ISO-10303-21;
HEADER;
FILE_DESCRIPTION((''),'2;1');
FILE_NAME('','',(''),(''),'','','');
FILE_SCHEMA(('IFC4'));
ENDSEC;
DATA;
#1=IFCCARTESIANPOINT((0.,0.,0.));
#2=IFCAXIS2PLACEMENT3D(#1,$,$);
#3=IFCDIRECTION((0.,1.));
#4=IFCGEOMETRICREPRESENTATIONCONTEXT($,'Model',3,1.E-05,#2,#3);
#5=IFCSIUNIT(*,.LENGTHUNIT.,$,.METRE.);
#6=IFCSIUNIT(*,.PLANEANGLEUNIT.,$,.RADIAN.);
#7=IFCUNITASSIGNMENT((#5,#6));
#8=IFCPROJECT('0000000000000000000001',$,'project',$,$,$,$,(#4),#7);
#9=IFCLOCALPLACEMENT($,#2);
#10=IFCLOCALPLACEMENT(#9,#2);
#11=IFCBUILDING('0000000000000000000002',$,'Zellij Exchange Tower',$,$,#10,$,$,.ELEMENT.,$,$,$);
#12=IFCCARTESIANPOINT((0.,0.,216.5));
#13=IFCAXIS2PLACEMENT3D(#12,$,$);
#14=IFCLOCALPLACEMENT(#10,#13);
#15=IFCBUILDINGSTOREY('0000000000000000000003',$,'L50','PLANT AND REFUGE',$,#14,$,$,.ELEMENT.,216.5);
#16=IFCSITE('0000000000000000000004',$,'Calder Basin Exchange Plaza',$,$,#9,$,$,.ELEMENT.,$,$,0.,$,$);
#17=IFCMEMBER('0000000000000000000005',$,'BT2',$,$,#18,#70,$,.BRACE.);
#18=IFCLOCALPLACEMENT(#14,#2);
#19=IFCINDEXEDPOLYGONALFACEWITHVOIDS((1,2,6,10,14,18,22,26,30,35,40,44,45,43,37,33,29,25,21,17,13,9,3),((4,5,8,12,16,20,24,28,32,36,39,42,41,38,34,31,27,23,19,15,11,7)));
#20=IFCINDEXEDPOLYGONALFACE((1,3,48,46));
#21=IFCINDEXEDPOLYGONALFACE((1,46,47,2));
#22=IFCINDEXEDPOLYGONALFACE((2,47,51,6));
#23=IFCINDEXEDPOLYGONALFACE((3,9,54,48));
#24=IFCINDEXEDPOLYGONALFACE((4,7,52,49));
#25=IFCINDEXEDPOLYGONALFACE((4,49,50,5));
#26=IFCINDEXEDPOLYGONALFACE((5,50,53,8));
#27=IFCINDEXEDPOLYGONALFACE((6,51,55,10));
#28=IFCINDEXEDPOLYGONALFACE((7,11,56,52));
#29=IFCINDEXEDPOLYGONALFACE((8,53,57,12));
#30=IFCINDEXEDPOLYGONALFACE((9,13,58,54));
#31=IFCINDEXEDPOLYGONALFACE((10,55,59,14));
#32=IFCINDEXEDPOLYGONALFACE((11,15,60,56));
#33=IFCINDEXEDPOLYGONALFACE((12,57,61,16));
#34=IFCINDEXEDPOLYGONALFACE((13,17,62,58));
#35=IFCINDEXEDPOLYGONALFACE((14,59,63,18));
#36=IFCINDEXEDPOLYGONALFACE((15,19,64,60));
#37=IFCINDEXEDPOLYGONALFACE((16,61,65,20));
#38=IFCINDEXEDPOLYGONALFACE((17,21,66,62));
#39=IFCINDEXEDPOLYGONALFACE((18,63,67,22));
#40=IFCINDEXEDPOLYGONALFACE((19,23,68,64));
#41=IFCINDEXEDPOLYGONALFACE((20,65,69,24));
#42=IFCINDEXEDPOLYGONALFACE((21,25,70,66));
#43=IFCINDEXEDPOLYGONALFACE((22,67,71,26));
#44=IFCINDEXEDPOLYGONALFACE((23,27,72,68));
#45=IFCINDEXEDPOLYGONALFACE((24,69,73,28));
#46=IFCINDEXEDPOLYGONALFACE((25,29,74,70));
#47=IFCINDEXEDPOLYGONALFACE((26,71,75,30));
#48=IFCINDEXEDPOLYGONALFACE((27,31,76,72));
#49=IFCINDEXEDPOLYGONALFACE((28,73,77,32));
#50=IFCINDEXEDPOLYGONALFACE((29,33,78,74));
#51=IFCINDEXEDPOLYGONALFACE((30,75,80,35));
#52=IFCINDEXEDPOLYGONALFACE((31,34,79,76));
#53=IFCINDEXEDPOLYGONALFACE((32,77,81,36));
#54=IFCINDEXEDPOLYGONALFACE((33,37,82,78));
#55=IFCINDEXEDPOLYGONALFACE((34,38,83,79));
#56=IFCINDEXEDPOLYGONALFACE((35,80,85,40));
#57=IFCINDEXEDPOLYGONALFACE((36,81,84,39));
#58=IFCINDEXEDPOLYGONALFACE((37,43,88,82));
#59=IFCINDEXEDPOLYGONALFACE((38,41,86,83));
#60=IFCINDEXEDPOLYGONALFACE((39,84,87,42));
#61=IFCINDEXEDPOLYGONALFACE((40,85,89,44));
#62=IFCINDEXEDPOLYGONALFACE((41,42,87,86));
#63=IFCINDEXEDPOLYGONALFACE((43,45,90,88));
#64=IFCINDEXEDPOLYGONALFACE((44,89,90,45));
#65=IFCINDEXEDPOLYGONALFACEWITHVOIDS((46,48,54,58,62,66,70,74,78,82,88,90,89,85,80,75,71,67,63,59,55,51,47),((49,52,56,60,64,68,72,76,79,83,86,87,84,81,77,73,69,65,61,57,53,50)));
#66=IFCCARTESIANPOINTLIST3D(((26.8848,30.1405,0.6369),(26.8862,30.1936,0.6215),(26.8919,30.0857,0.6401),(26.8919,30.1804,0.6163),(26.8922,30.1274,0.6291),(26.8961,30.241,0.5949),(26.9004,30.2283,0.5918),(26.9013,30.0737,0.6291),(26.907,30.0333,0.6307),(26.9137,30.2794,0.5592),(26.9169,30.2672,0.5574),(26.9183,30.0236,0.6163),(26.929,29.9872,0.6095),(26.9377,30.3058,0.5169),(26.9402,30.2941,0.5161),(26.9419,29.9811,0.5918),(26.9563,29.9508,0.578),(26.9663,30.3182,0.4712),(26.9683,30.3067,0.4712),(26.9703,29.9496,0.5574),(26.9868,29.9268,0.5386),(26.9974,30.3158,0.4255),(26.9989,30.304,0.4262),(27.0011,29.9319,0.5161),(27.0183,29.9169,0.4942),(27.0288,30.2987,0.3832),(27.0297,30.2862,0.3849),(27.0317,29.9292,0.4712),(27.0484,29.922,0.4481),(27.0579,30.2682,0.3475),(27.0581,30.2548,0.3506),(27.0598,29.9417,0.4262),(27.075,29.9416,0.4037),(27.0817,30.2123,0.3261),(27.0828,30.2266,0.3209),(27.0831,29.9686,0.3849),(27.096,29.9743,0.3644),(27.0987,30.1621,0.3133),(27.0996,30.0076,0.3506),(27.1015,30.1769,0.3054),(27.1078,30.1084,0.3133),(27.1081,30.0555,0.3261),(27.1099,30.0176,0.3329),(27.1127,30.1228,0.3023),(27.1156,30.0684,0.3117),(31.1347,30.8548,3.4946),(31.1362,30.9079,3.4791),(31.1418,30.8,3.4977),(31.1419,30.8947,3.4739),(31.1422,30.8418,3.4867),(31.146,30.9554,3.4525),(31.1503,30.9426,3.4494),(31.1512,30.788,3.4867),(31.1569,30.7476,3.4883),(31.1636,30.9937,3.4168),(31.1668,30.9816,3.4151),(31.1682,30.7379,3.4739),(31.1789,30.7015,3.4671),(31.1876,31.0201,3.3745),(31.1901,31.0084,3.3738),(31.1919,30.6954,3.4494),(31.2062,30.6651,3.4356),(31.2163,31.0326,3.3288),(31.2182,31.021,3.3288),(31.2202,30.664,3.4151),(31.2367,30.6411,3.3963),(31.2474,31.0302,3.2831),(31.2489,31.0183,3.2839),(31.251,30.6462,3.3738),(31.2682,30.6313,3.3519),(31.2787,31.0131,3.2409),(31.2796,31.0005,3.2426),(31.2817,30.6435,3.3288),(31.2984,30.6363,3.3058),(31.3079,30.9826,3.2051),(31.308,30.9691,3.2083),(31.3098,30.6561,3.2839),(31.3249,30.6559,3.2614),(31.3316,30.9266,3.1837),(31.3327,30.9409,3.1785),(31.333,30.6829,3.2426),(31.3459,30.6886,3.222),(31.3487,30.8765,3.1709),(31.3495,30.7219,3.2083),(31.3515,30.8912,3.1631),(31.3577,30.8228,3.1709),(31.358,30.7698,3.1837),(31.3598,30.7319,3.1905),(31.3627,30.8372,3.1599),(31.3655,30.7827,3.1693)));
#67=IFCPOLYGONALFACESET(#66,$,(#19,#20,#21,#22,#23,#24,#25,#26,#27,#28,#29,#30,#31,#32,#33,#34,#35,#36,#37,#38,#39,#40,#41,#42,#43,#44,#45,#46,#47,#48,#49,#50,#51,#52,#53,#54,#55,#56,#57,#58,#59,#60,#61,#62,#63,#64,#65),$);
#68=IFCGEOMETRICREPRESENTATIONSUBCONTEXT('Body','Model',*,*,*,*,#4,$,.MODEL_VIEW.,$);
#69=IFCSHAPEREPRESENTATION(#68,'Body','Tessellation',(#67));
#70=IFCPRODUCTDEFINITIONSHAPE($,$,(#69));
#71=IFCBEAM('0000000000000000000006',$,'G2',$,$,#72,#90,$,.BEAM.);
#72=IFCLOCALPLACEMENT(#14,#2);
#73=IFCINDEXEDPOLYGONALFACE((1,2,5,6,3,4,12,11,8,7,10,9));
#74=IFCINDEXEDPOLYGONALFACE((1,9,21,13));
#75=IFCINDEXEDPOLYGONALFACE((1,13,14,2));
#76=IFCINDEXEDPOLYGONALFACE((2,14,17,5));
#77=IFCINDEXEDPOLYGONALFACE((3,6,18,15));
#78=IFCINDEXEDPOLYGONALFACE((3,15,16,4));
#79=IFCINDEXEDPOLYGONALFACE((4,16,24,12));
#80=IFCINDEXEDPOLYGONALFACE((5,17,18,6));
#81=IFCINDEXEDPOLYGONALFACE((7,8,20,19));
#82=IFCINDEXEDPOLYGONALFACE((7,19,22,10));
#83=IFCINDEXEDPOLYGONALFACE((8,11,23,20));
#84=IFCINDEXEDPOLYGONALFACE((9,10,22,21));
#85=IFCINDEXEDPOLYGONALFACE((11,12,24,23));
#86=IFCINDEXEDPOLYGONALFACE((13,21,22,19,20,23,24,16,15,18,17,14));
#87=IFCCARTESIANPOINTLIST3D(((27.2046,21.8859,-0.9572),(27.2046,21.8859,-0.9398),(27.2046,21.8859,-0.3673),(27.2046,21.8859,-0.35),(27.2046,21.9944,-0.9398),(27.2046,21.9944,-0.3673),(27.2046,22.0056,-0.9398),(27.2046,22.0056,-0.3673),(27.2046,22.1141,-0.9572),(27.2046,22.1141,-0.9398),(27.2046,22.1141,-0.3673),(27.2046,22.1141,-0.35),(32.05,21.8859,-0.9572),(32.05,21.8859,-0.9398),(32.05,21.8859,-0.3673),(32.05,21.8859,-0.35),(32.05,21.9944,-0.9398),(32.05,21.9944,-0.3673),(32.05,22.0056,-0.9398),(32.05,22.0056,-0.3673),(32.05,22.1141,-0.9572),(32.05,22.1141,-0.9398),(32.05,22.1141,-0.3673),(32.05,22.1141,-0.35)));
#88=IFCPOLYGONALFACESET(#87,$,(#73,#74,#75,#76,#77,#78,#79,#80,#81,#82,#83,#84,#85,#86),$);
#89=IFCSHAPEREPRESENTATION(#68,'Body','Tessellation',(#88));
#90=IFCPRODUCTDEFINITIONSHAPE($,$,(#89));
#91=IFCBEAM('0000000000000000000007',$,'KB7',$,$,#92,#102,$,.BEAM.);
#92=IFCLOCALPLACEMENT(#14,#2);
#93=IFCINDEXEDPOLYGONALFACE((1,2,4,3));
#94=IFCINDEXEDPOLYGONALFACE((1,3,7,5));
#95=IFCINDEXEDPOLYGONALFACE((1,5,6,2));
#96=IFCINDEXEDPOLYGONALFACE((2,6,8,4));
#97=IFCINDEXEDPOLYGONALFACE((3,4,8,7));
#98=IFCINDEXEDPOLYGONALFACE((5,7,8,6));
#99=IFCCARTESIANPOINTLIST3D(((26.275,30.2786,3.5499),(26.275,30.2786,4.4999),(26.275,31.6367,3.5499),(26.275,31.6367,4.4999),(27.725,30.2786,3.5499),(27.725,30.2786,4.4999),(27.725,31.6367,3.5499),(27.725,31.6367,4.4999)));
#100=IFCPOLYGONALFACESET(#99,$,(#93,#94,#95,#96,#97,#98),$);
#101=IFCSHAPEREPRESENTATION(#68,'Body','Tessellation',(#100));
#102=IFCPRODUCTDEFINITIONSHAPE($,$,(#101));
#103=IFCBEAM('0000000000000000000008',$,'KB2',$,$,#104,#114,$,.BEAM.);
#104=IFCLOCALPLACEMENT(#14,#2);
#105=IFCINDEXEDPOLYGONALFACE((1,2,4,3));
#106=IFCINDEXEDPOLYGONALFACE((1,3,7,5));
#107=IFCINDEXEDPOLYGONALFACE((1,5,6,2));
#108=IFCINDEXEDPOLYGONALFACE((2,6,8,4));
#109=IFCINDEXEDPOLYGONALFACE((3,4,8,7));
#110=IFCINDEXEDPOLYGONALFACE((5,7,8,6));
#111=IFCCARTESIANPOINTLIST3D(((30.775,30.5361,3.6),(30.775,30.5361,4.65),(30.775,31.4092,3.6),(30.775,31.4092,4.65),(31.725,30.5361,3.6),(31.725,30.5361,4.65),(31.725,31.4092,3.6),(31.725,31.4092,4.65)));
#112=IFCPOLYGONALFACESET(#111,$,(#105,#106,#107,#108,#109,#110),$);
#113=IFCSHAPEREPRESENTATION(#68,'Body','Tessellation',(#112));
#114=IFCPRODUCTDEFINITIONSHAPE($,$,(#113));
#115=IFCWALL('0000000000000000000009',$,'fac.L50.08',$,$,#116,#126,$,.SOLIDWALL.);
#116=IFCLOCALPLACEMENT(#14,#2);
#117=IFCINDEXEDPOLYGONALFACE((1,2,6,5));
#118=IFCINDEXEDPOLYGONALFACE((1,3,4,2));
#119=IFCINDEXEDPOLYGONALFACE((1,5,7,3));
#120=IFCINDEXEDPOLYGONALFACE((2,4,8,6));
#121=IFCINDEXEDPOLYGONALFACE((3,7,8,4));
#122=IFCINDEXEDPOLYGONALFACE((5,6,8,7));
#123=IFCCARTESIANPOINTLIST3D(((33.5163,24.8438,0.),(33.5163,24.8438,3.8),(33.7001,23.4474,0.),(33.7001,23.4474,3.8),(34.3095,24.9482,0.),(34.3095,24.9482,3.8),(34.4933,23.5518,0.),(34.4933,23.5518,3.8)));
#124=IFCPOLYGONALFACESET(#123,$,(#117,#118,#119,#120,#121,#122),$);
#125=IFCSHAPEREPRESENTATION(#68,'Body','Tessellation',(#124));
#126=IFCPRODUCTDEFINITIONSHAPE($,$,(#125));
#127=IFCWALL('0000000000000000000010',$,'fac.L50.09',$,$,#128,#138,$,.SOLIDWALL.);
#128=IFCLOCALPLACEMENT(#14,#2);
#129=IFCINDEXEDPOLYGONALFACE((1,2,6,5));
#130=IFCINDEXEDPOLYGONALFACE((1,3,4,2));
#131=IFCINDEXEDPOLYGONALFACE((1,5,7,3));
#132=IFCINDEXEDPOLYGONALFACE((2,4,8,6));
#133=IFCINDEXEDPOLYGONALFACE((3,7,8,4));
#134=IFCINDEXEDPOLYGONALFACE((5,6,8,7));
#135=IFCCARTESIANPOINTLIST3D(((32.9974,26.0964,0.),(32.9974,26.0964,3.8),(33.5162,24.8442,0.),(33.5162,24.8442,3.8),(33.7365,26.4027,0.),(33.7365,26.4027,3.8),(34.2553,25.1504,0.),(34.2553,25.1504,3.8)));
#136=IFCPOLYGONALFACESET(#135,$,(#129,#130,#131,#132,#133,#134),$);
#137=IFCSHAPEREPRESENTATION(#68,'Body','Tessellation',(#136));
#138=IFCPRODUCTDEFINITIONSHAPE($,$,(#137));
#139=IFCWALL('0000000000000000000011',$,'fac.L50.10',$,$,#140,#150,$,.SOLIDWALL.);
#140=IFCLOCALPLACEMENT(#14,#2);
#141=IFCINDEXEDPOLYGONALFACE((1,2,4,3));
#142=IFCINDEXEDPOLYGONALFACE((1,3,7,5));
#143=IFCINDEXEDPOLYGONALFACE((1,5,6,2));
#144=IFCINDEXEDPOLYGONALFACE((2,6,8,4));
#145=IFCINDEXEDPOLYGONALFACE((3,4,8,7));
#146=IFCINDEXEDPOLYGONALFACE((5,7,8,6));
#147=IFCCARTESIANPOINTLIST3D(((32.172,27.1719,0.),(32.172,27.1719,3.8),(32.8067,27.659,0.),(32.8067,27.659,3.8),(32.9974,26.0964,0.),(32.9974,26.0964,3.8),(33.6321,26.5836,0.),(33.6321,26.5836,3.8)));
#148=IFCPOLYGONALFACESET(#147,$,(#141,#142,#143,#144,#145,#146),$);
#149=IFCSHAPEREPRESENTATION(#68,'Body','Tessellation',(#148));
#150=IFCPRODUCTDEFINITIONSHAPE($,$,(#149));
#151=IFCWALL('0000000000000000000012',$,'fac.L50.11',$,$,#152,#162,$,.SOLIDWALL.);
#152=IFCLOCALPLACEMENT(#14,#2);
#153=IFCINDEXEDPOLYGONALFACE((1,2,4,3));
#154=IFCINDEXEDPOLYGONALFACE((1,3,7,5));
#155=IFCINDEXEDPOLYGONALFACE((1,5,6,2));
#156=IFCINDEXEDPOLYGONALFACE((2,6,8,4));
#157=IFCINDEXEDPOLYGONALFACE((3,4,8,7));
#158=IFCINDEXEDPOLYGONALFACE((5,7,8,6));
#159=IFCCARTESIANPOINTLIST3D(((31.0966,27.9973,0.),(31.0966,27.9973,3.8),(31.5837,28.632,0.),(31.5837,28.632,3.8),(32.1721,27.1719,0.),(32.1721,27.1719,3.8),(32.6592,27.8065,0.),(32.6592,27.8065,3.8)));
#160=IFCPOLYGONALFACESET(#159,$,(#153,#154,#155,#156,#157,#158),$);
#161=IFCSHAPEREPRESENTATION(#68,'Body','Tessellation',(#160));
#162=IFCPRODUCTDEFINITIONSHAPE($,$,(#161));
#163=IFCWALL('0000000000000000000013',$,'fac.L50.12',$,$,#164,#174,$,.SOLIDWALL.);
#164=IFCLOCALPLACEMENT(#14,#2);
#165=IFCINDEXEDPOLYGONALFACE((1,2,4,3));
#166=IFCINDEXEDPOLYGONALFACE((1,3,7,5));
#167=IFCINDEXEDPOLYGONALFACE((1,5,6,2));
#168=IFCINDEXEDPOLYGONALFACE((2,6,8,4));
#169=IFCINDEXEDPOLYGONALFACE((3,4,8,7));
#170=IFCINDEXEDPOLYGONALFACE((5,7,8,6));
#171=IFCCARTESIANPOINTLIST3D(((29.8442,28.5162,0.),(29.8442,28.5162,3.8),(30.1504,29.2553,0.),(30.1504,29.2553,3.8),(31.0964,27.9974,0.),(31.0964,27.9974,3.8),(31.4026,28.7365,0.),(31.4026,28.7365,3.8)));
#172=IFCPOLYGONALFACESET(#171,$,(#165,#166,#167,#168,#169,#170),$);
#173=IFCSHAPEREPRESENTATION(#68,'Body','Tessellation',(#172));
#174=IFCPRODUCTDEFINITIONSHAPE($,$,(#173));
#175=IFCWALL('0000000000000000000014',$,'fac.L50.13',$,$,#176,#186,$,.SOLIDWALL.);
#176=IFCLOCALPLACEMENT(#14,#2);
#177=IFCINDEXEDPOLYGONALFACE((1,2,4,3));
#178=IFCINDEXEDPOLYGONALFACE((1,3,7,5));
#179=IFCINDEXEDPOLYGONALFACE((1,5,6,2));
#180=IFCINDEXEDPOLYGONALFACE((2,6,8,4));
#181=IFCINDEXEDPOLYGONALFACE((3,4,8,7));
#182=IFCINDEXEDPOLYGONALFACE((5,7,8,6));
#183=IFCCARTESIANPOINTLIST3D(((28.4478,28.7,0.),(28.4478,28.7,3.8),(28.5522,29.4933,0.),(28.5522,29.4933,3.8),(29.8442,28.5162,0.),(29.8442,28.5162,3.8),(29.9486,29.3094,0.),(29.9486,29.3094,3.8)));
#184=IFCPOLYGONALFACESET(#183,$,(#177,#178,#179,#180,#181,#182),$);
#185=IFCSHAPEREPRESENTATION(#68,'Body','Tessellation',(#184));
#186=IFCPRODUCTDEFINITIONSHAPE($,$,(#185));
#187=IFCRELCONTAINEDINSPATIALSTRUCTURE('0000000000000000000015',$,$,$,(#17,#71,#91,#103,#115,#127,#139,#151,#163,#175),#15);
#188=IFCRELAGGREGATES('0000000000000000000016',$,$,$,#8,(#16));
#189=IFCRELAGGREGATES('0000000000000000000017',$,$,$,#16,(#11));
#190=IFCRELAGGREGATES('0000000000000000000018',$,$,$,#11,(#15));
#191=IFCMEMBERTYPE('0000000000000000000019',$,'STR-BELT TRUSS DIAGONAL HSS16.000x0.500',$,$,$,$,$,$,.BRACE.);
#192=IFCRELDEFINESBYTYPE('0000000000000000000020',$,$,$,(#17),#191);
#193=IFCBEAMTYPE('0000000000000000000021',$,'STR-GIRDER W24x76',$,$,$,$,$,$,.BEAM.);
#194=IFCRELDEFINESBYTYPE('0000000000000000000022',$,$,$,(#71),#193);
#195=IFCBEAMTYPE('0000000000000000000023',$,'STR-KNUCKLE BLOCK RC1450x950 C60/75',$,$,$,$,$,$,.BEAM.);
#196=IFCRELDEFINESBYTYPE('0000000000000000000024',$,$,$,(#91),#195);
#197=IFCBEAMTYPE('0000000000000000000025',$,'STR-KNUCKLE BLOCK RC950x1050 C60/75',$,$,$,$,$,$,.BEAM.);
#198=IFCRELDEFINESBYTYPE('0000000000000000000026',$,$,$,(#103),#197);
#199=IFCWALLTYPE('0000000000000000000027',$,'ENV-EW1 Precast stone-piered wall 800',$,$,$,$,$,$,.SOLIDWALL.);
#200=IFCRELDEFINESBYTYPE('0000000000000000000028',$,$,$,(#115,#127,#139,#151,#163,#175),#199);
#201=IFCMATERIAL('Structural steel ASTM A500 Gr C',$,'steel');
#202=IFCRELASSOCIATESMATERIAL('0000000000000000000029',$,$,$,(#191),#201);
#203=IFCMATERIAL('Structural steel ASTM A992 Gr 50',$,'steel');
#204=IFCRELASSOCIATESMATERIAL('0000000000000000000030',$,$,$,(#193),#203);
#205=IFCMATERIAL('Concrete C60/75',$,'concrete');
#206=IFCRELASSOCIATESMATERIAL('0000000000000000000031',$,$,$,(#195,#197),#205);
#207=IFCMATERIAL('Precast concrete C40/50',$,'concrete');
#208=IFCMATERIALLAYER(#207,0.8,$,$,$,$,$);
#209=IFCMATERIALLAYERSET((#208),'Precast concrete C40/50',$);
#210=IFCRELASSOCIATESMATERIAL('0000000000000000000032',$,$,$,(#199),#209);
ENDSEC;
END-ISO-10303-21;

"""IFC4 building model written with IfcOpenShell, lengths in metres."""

from ifc_helpers import new_model, si_unit, direction, frame, frame_2d, origin, origin_2d, place, context, subcontext, project, spatial, rectangle, hollow_circle, i_section, extrude, material, layer, layer_set, material_profile, profile_set, type_object, element, save


model = new_model("IFC4")

# Units and contexts
model_context = context("Model", 3, precision=1e-05, world=origin(), true_north=direction((0.0, 1.0)))
body_context = subcontext(model_context, "Body", "Model", "MODEL_VIEW")
ifc_project = project(units=[si_unit("LENGTHUNIT", "METRE"), si_unit("PLANEANGLEUNIT", "RADIAN")], contexts=[model_context])

# Site, building, storey
site_placement = place(None, origin())
site = spatial("IfcSite", under=ifc_project, at=site_placement, Name="Calder Basin Exchange Plaza", CompositionType="ELEMENT", RefElevation=0.0)
building_placement = place(site_placement, origin())
building = spatial("IfcBuilding", under=site, at=building_placement, Name="Zellij Exchange Tower", CompositionType="ELEMENT")
storey_placement = place(building_placement, frame((0.0, 0.0, 216.5)))
storey = spatial("IfcBuildingStorey", under=building, at=storey_placement, Name="L50", Description="PLANT AND REFUGE", CompositionType="ELEMENT", Elevation=216.5)

# Shared definitions
ifc_material_1 = material(Name="Concrete C60/75", Category="concrete")

# Member
ifc_material_2 = material(Name="Structural steel ASTM A992 Gr 50", Category="steel")
ifc_material_3 = material(Name="Structural steel ASTM A500 Gr C", Category="steel")
ifc_material_profile_1 = material_profile(ifc_material_3, hollow_circle(Radius=0.2031, WallThickness=0.0117, at=origin_2d()), Name="STR-BELT TRUSS DIAGONAL HSS16.000x0.500")
ifc_profile_set_1 = profile_set([ifc_material_profile_1], Name="Structural steel ASTM A500 Gr C")
member_type_1 = type_object("IfcMemberType", Name="STR-BELT TRUSS DIAGONAL HSS16.000x0.500", PredefinedType="BRACE", material=ifc_profile_set_1)
member_1_placement = place(storey_placement, frame((27.0, 30.1179, 0.4712), z_axis=(0.821894, 0.138147, 0.552635), x_axis=(-0.165758, 0.986166, 0.0)))
element("IfcMember", 1, at=member_1_placement, inside=storey, type_object=member_type_1, Name="BT2", PredefinedType="BRACE", context=body_context, shape_type="SweptSolid", body=[
    extrude(hollow_circle(Radius=0.2031, WallThickness=0.0117, at=origin_2d()), origin(), (0.0, 0.0, 1.0), 5.1709),
])

# Beams
ifc_material_profile_2 = material_profile(ifc_material_2, i_section(OverallWidth=0.2283, OverallDepth=0.6072, WebThickness=0.0112, FlangeThickness=0.0173, at=origin_2d()), Name="W24x76")
ifc_profile_set_2 = profile_set([ifc_material_profile_2], Name="Structural steel ASTM A992 Gr 50")
beam_type_1 = type_object("IfcBeamType", Name="STR-GIRDER W24x76", PredefinedType="BEAM", material=ifc_profile_set_2)
beam_1_placement = place(storey_placement, frame((27.2046, 22.0, -0.6536), z_axis=(1.0, 0.0, 0.0), x_axis=(0.0, 1.0, 0.0)))
element("IfcBeam", 2, at=beam_1_placement, inside=storey, type_object=beam_type_1, Name="G2", PredefinedType="BEAM", context=body_context, shape_type="SweptSolid", body=[
    extrude(i_section(OverallWidth=0.2283, OverallDepth=0.6072, WebThickness=0.0112, FlangeThickness=0.0173, at=origin_2d()), origin(), (0.0, 0.0, 1.0), 4.8455),
])
ifc_material_profile_3 = material_profile(ifc_material_1, rectangle(XDim=1.45, YDim=0.95, at=origin_2d()), Name="STR-KNUCKLE BLOCK RC1450x950 C60/75")
ifc_profile_set_3 = profile_set([ifc_material_profile_3], Name="Concrete C60/75")
beam_type_2 = type_object("IfcBeamType", Name="STR-KNUCKLE BLOCK RC1450x950 C60/75", PredefinedType="BEAM", material=ifc_profile_set_3)
beam_2_placement = place(storey_placement, frame((27.0, 30.2786, 4.0249), z_axis=(0.0, 1.0, 0.0), x_axis=(-1.0, 0.0, 0.0)))
element("IfcBeam", 3, at=beam_2_placement, inside=storey, type_object=beam_type_2, Name="KB7", PredefinedType="BEAM", context=body_context, shape_type="SweptSolid", body=[
    extrude(rectangle(XDim=1.45, YDim=0.95, at=origin_2d()), origin(), (0.0, 0.0, 1.0), 1.3582),
])
ifc_material_profile_4 = material_profile(ifc_material_1, rectangle(XDim=0.95, YDim=1.05, at=origin_2d()), Name="STR-KNUCKLE BLOCK RC950x1050 C60/75")
ifc_profile_set_4 = profile_set([ifc_material_profile_4], Name="Concrete C60/75")
beam_type_3 = type_object("IfcBeamType", Name="STR-KNUCKLE BLOCK RC950x1050 C60/75", PredefinedType="BEAM", material=ifc_profile_set_4)
beam_3_placement = place(storey_placement, frame((31.25, 30.5361, 4.125), z_axis=(0.0, 1.0, 0.0), x_axis=(-1.0, 0.0, 0.0)))
element("IfcBeam", 4, at=beam_3_placement, inside=storey, type_object=beam_type_3, Name="KB2", PredefinedType="BEAM", context=body_context, shape_type="SweptSolid", body=[
    extrude(rectangle(XDim=0.95, YDim=1.05, at=origin_2d()), origin(), (0.0, 0.0, 1.0), 0.873),
])

# Walls
ifc_material_4 = material(Name="Precast concrete C40/50", Category="concrete")
ifc_layer_1 = layer(ifc_material_4, 0.8)
ifc_layer_set_1 = layer_set([ifc_layer_1], Name="Precast concrete C40/50")
wall_type = type_object("IfcWallType", Name="ENV-EW1 Precast stone-piered wall 800", PredefinedType="SOLIDWALL", material=ifc_layer_set_1)
wall_1_placement = place(storey_placement, frame((34.0967, 23.4998, 0.0), z_axis=(0.0, 0.0, 1.0), x_axis=(-0.130517, 0.991446, 0.0)))
element("IfcWall", 5, at=wall_1_placement, inside=storey, type_object=wall_type, Name="fac.L50.08", PredefinedType="SOLIDWALL", context=body_context, shape_type="SweptSolid", body=[
    extrude(rectangle(XDim=1.4084, YDim=0.8, at=frame_2d((0.7041, 0.0))), origin(), (0.0, 0.0, 1.0), 3.8),
])
wall_2_placement = place(storey_placement, frame((33.8857, 24.9973, 0.0), z_axis=(0.0, 0.0, 1.0), x_axis=(-0.38276, 0.923848, 0.0)))
element("IfcWall", 6, at=wall_2_placement, inside=storey, type_object=wall_type, Name="fac.L50.09", PredefinedType="SOLIDWALL", context=body_context, shape_type="SweptSolid", body=[
    extrude(rectangle(XDim=1.3555, YDim=0.8, at=frame_2d((0.6777, 0.0))), origin(), (0.0, 0.0, 1.0), 3.8),
])
for number, where, z_axis, x_axis, name in (
    (7, (33.3147, 26.3401, 0.0), (0.0, 0.0, 1.0), (-0.608866, 0.793273, 0.0), "fac.L50.10"),
    (8, (32.4155, 27.4893, 0.0), (0.0, 0.0, 1.0), (-0.793273, 0.608866, 0.0), "fac.L50.11"),
):
    element("IfcWall", number, at=place(storey_placement, frame(where, z_axis=z_axis, x_axis=x_axis)), inside=storey, type_object=wall_type, Name=name, PredefinedType="SOLIDWALL", context=body_context, shape_type="SweptSolid", body=[
        extrude(rectangle(XDim=1.3557, YDim=0.8, at=frame_2d((0.6777, 0.0))), origin(), (0.0, 0.0, 1.0), 3.8),
    ])
wall_3_placement = place(storey_placement, frame((31.2495, 28.3669, 0.0), z_axis=(0.0, 0.0, 1.0), x_axis=(-0.923848, 0.38276, 0.0)))
element("IfcWall", 9, at=wall_3_placement, inside=storey, type_object=wall_type, Name="fac.L50.12", PredefinedType="SOLIDWALL", context=body_context, shape_type="SweptSolid", body=[
    extrude(rectangle(XDim=1.3555, YDim=0.8, at=frame_2d((0.6777, 0.0))), origin(), (0.0, 0.0, 1.0), 3.8),
])
wall_4_placement = place(storey_placement, frame((29.8962, 28.9128, 0.0), z_axis=(0.0, 0.0, 1.0), x_axis=(-0.991446, 0.130517, 0.0)))
element("IfcWall", 10, at=wall_4_placement, inside=storey, type_object=wall_type, Name="fac.L50.13", PredefinedType="SOLIDWALL", context=body_context, shape_type="SweptSolid", body=[
    extrude(rectangle(XDim=1.4084, YDim=0.8, at=frame_2d((0.7041, 0.0))), origin(), (0.0, 0.0, 1.0), 3.8),
])

save(model, "model.ifc")
